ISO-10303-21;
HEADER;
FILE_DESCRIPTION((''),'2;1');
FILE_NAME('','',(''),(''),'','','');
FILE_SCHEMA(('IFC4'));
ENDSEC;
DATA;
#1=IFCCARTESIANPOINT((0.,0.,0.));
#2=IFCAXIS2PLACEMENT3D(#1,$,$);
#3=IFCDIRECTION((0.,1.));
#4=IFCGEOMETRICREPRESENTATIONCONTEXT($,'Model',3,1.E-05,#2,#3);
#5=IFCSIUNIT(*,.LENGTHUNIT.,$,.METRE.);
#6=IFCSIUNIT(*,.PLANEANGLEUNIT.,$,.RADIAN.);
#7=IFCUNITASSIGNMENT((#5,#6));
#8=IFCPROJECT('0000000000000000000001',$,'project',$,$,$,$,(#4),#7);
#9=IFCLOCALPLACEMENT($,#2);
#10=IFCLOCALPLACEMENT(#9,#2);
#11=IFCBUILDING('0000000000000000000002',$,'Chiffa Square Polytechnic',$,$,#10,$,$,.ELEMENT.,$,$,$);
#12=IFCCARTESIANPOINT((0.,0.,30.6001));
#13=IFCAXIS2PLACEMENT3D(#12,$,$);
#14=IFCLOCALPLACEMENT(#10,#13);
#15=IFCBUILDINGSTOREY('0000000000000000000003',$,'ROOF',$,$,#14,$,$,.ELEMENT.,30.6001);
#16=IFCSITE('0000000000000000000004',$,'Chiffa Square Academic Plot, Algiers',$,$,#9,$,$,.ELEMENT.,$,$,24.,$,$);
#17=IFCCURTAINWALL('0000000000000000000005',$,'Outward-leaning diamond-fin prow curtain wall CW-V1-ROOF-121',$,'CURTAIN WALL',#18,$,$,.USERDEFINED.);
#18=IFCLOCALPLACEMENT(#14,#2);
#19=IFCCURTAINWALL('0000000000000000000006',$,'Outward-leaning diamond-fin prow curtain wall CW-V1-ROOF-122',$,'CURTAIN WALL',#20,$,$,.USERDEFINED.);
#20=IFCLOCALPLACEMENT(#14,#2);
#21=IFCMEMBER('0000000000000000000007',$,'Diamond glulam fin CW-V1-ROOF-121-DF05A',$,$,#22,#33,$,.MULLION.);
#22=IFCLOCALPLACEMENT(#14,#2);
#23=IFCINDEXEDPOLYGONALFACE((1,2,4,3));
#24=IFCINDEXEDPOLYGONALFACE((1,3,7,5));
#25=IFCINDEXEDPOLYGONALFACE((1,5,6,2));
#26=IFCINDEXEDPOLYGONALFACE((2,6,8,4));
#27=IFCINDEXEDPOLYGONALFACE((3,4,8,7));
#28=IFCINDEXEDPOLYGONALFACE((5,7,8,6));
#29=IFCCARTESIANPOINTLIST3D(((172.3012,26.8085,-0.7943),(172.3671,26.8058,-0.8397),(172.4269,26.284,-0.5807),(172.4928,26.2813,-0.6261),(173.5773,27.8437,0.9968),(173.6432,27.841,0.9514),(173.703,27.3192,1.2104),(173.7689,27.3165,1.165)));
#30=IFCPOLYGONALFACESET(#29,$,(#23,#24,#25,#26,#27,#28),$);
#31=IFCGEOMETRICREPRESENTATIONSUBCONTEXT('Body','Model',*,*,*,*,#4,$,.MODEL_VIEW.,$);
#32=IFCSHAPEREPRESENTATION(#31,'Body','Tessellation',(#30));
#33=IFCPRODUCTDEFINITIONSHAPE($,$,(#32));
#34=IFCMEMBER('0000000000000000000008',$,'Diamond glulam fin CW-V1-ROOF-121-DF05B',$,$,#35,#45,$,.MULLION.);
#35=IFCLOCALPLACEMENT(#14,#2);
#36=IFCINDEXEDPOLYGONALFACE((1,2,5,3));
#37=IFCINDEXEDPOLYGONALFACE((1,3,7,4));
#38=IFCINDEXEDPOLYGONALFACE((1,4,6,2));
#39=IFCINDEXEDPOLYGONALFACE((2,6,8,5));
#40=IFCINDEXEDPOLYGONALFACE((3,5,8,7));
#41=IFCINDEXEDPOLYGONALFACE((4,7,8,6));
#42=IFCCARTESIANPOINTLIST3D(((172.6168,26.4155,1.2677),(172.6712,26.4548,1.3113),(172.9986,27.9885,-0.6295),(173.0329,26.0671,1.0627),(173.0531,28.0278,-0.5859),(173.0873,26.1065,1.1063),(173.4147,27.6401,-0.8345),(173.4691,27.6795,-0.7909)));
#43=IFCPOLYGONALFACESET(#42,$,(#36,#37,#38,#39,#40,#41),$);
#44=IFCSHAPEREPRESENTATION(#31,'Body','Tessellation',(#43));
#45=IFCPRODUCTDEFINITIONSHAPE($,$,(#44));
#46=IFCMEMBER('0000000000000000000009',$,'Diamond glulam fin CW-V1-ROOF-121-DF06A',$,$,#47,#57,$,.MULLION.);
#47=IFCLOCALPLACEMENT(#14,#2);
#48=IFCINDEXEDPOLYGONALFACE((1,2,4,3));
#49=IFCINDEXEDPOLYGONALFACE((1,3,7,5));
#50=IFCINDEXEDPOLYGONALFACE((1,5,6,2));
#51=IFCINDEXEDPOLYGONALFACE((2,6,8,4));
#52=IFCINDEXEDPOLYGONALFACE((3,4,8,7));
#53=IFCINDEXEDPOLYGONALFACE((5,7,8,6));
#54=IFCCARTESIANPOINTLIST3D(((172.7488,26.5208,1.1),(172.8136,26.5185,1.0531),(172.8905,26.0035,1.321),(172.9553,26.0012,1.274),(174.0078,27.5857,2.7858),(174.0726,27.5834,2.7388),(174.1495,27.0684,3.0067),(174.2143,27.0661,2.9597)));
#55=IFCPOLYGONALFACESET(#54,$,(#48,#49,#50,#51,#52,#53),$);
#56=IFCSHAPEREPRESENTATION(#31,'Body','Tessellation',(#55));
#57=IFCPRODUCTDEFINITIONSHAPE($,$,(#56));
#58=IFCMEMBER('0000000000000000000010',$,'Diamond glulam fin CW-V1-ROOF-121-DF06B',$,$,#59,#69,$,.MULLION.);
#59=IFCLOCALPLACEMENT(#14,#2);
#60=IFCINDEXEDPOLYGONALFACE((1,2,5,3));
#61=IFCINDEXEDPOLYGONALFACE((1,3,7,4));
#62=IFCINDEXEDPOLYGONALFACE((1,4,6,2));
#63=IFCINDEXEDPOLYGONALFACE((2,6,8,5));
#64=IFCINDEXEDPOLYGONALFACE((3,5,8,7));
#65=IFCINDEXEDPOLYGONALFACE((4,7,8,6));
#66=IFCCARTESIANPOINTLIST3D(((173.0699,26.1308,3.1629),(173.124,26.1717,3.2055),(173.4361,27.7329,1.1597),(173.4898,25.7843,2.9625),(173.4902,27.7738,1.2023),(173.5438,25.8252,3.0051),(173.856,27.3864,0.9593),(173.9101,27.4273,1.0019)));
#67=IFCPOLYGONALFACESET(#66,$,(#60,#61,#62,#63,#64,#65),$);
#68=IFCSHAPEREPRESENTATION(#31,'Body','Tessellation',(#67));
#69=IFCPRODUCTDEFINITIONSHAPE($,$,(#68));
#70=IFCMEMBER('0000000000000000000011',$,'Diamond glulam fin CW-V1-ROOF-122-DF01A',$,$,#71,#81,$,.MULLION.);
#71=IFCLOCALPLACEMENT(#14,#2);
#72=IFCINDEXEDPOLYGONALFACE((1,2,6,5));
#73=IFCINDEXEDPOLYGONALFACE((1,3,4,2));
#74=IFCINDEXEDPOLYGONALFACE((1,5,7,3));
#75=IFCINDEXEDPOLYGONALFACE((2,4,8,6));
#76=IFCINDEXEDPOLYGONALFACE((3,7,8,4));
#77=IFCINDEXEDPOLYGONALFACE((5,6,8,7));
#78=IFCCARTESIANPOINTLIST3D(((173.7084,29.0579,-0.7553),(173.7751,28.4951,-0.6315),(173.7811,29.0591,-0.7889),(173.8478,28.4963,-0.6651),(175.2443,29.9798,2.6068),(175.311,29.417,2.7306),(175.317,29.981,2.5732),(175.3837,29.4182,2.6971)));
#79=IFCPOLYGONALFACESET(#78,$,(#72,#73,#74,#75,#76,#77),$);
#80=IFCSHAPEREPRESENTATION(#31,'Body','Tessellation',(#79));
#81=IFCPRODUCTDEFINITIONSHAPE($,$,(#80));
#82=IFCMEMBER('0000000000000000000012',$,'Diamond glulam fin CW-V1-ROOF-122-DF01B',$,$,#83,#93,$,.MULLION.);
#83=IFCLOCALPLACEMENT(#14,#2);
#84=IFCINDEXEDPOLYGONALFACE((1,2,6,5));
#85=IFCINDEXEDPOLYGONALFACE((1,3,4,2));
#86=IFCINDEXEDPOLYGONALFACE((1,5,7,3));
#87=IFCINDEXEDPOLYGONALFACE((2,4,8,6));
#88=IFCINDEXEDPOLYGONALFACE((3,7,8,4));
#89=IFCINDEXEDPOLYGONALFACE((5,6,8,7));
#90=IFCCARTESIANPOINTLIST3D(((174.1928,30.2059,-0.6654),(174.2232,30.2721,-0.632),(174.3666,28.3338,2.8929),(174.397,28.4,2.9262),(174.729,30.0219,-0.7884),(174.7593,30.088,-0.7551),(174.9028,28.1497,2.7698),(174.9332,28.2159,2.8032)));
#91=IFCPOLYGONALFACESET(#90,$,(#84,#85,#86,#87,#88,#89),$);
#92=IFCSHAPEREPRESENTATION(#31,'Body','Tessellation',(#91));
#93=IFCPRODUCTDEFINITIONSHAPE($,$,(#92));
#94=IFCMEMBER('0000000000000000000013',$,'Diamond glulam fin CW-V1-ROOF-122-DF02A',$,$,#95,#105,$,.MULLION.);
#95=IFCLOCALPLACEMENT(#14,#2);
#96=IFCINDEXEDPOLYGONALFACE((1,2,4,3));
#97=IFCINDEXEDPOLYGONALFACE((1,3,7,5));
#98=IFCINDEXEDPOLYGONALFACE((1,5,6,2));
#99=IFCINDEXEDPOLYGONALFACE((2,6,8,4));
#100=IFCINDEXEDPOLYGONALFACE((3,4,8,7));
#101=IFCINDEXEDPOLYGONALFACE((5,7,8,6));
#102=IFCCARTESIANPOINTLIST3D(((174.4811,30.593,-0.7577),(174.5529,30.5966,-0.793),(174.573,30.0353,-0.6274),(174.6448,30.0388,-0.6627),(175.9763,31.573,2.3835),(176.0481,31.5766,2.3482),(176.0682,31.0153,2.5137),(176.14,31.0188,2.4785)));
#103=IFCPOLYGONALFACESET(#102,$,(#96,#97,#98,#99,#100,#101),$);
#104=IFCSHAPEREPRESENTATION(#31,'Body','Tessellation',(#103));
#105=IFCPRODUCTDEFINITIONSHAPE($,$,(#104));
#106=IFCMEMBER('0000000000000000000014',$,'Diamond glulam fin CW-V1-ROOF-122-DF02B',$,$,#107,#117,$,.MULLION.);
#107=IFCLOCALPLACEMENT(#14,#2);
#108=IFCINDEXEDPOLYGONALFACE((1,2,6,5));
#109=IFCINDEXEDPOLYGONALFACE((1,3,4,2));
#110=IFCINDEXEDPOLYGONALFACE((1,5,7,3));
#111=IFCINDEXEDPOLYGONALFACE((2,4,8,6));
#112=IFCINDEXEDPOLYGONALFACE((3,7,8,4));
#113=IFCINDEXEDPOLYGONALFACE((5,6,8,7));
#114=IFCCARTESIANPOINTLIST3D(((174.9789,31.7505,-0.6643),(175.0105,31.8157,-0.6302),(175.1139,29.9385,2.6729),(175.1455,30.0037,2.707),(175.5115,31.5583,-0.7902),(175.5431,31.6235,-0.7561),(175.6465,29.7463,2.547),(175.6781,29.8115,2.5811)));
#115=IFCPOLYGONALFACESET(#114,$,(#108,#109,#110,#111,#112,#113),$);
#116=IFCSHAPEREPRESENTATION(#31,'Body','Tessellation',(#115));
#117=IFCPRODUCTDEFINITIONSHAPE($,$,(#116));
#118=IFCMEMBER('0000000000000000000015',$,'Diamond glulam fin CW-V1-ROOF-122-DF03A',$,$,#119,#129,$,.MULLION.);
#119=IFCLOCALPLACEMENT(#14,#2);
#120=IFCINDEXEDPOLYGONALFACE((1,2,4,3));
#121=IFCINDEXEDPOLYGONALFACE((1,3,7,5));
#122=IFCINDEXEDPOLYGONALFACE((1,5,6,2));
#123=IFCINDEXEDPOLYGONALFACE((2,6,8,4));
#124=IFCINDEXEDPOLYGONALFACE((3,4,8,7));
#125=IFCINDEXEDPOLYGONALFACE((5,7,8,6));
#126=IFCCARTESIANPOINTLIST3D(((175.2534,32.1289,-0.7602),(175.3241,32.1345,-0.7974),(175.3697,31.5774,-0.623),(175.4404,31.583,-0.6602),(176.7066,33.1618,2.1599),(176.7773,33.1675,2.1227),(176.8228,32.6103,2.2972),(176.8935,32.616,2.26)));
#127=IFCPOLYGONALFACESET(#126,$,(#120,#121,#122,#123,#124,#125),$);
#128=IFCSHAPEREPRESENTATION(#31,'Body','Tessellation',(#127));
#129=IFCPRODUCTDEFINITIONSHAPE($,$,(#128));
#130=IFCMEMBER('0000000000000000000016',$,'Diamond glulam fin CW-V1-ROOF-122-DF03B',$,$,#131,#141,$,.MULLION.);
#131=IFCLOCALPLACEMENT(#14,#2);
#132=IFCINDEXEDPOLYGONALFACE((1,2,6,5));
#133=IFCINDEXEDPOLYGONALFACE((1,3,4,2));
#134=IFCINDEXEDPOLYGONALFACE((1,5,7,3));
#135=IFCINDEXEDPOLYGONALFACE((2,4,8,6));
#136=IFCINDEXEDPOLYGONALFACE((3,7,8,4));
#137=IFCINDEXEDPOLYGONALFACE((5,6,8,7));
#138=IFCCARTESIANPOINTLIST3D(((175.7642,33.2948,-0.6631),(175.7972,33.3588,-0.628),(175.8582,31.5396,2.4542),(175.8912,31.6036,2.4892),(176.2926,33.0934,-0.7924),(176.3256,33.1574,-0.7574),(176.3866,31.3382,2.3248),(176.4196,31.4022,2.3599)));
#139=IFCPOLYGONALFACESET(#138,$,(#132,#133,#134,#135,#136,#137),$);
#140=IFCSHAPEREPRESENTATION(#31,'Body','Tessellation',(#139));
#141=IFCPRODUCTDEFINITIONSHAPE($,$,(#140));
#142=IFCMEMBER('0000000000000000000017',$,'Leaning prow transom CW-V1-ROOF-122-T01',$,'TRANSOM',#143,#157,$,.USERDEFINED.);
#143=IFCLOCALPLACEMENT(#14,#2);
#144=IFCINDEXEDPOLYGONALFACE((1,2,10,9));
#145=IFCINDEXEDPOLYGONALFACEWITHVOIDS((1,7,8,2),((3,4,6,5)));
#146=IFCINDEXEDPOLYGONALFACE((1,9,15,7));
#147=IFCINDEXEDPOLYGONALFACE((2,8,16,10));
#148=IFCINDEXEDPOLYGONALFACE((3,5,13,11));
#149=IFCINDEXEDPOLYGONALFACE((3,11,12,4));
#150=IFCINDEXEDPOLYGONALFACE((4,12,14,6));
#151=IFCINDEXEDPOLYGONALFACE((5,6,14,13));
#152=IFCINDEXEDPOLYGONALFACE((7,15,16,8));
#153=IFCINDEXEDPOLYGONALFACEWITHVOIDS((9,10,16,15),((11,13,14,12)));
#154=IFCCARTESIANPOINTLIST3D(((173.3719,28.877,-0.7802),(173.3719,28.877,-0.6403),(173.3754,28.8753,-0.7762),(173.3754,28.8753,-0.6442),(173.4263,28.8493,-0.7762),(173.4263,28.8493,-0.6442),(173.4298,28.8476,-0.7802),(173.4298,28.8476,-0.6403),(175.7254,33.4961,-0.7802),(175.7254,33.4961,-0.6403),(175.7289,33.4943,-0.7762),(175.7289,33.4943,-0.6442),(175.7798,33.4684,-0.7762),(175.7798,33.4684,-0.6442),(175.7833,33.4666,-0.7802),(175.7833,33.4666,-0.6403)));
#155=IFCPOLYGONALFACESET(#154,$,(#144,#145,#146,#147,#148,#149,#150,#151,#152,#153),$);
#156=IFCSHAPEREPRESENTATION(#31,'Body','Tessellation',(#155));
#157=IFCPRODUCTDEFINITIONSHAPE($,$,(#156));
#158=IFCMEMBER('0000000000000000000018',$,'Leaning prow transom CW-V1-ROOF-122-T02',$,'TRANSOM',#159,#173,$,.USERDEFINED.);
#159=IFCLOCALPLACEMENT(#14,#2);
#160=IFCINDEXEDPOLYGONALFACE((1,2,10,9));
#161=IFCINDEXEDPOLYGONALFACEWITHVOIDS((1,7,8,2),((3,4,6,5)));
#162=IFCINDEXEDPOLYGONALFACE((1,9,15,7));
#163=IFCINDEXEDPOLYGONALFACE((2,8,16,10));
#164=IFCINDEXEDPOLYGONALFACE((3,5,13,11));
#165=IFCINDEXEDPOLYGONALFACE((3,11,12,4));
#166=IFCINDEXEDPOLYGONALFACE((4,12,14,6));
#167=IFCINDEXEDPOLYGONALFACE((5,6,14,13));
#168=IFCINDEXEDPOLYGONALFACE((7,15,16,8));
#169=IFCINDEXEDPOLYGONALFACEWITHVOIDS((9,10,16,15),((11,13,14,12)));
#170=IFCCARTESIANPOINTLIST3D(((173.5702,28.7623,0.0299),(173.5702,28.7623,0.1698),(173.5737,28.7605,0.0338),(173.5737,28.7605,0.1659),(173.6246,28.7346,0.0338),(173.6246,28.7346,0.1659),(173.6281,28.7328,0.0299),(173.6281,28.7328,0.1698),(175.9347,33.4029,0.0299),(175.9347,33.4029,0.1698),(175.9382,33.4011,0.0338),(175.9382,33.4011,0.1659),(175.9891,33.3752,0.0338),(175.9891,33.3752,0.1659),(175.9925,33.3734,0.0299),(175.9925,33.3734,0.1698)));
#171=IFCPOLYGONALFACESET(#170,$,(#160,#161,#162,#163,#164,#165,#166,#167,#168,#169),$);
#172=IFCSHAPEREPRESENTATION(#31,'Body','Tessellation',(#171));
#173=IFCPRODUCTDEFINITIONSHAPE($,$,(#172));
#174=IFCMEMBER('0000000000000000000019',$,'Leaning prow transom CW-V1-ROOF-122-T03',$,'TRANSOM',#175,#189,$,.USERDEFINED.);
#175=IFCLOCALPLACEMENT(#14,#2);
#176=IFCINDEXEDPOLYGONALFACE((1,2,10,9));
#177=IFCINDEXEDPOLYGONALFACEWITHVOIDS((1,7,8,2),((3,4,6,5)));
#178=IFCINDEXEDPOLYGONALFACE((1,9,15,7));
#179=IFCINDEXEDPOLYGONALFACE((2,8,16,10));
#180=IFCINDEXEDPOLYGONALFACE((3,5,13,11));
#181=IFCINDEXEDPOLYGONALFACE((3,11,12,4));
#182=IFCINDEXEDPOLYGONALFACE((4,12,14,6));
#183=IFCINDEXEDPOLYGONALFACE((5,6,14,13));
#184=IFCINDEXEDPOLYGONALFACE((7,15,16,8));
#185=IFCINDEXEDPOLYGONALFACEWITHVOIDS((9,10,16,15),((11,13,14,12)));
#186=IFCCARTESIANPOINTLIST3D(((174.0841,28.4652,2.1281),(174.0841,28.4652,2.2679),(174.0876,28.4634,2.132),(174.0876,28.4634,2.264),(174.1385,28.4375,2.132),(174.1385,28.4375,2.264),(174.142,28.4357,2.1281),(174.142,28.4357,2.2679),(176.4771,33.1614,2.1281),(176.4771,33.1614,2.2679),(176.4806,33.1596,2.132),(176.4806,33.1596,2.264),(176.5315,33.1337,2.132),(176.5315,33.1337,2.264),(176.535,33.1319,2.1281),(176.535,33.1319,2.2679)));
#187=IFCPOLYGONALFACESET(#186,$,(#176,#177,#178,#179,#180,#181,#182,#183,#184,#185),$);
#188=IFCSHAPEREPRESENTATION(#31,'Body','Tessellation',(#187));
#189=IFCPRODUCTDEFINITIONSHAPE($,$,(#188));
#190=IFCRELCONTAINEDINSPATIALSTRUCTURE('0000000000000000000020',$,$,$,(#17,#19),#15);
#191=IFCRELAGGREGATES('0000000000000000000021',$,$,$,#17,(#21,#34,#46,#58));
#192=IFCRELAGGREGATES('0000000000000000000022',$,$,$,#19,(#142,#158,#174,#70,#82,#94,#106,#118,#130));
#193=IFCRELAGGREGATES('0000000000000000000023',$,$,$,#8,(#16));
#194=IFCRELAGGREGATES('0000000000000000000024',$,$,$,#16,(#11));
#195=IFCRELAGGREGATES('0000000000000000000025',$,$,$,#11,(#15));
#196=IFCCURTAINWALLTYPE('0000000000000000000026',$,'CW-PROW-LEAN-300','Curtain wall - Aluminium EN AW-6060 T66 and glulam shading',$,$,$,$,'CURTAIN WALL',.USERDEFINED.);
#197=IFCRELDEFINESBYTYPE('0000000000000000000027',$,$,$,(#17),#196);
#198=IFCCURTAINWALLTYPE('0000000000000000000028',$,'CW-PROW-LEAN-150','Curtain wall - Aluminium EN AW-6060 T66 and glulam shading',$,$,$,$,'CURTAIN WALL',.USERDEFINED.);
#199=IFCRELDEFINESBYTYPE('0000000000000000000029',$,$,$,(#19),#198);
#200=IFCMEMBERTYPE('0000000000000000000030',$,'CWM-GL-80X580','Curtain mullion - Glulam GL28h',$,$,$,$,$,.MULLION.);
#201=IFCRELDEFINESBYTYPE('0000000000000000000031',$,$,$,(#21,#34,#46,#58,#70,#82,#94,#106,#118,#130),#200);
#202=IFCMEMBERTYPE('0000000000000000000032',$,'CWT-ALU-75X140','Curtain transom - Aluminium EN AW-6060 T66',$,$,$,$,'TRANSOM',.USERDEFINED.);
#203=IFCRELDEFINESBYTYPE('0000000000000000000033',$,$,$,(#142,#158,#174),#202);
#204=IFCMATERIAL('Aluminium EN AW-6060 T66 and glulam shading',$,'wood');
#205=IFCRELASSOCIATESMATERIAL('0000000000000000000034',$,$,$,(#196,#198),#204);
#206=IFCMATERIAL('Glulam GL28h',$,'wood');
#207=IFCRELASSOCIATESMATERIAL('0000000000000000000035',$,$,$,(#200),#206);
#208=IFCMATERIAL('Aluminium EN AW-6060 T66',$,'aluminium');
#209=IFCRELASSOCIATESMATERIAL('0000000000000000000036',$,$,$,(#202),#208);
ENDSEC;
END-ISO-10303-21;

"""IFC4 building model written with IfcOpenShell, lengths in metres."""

from ifc_helpers import new_model, si_unit, direction, frame, origin, origin_2d, place, context, subcontext, project, spatial, rectangle, hollow_rectangle, extrude, material, material_profile, profile_set, type_object, element, aggregate, save


model = new_model("IFC4")

# Units and contexts
model_context = context("Model", 3, precision=1e-05, world=origin(), true_north=direction((0.0, 1.0)))
body_context = subcontext(model_context, "Body", "Model", "MODEL_VIEW")
ifc_project = project(units=[si_unit("LENGTHUNIT", "METRE"), si_unit("PLANEANGLEUNIT", "RADIAN")], contexts=[model_context])

# Site, building, storey
site_placement = place(None, origin())
site = spatial("IfcSite", under=ifc_project, at=site_placement, Name="Chiffa Square Academic Plot, Algiers", CompositionType="ELEMENT", RefElevation=24.0)
building_placement = place(site_placement, origin())
building = spatial("IfcBuilding", under=site, at=building_placement, Name="Chiffa Square Polytechnic", CompositionType="ELEMENT")
storey_placement = place(building_placement, frame((0.0, 0.0, 30.6001)))
storey = spatial("IfcBuildingStorey", under=building, at=storey_placement, Name="ROOF", CompositionType="ELEMENT", Elevation=30.6001)

# Curtain wall
ifc_material_1 = material(Name="Aluminium EN AW-6060 T66 and glulam shading", Category="wood")
curtain_wall_type_1 = type_object("IfcCurtainWallType", Name="CW-PROW-LEAN-300", Description="Curtain wall - Aluminium EN AW-6060 T66 and glulam shading", ElementType="CURTAIN WALL", PredefinedType="USERDEFINED", material=ifc_material_1)
curtain_wall_1_placement = place(storey_placement, origin())
curtain_wall_1 = element("IfcCurtainWall", 1, at=curtain_wall_1_placement, inside=storey, type_object=curtain_wall_type_1, Name="Outward-leaning diamond-fin prow curtain wall CW-V1-ROOF-121", ObjectType="CURTAIN WALL", PredefinedType="USERDEFINED")
ifc_material_2 = material(Name="Aluminium EN AW-6060 T66", Category="aluminium")

# Curtain wall
curtain_wall_type_2 = type_object("IfcCurtainWallType", Name="CW-PROW-LEAN-150", Description="Curtain wall - Aluminium EN AW-6060 T66 and glulam shading", ElementType="CURTAIN WALL", PredefinedType="USERDEFINED", material=ifc_material_1)
curtain_wall_2_placement = place(storey_placement, origin())
curtain_wall_2 = element("IfcCurtainWall", 2, at=curtain_wall_2_placement, inside=storey, type_object=curtain_wall_type_2, Name="Outward-leaning diamond-fin prow curtain wall CW-V1-ROOF-122", ObjectType="CURTAIN WALL", PredefinedType="USERDEFINED")

# Members
ifc_material_3 = material(Name="Glulam GL28h", Category="wood")
ifc_material_profile_1 = material_profile(ifc_material_3, rectangle(XDim=0.0801, YDim=0.5801, at=origin_2d()), Name="GL28h 80x580")
ifc_profile_set_1 = profile_set([ifc_material_profile_1], Name="Glulam GL28h")
member_type_1 = type_object("IfcMemberType", Name="CWM-GL-80X580", Description="Curtain mullion - Glulam GL28h", PredefinedType="MULLION", material=ifc_profile_set_1)
member_1_placement = place(storey_placement, frame((172.397, 26.5449, -0.7102), z_axis=(0.525026, 0.425887, 0.736864), x_axis=(-0.823046, 0.033663, 0.566976)))
member_1 = element("IfcMember", 3, at=member_1_placement, type_object=member_type_1, Name="Diamond glulam fin CW-V1-ROOF-121-DF05A", PredefinedType="MULLION", context=body_context, shape_type="SweptSolid", body=[
    extrude(rectangle(XDim=0.0801, YDim=0.5801, at=origin_2d()), origin(), (0.0, 0.0, 1.0), 2.4307),
])
member_2_placement = place(storey_placement, frame((173.2339, 27.834, -0.7102), z_axis=(-0.153108, -0.630737, 0.760742), x_axis=(0.679772, 0.49153, 0.544343)))
member_2 = element("IfcMember", 4, at=member_2_placement, type_object=member_type_1, Name="Diamond glulam fin CW-V1-ROOF-121-DF05B", PredefinedType="MULLION", context=body_context, shape_type="SweptSolid", body=[
    extrude(rectangle(XDim=0.0801, YDim=0.5801, at=origin_2d()), origin(), (0.0, 0.0, 1.0), 2.4939),
])
member_3_placement = place(storey_placement, frame((172.8521, 26.261, 1.187), z_axis=(0.533894, 0.451589, 0.71486), x_axis=(-0.809475, 0.028655, 0.586455)))
member_3 = element("IfcMember", 5, at=member_3_placement, type_object=member_type_1, Name="Diamond glulam fin CW-V1-ROOF-121-DF06A", PredefinedType="MULLION", context=body_context, shape_type="SweptSolid", body=[
    extrude(rectangle(XDim=0.0801, YDim=0.5801, at=origin_2d()), origin(), (0.0, 0.0, 1.0), 2.3582),
])
member_4_placement = place(storey_placement, frame((173.6731, 27.5801, 1.0808), z_axis=(-0.141339, -0.618309, 0.773122), x_axis=(0.675433, 0.510723, 0.531933)))
member_4 = element("IfcMember", 6, at=member_4_placement, type_object=member_type_1, Name="Diamond glulam fin CW-V1-ROOF-121-DF06B", PredefinedType="MULLION", context=body_context, shape_type="SweptSolid", body=[
    extrude(rectangle(XDim=0.0801, YDim=0.5801, at=origin_2d()), origin(), (0.0, 0.0, 1.0), 2.5911),
])
member_5_placement = place(storey_placement, frame((173.7781, 28.7771, -0.7102), z_axis=(0.403174, 0.241994, 0.882547), x_axis=(-0.907868, -0.015431, 0.418972)))
member_5 = element("IfcMember", 7, at=member_5_placement, type_object=member_type_1, Name="Diamond glulam fin CW-V1-ROOF-122-DF01A", PredefinedType="MULLION", context=body_context, shape_type="SweptSolid", body=[
    extrude(rectangle(XDim=0.0801, YDim=0.5801, at=origin_2d()), origin(), (0.0, 0.0, 1.0), 3.8096),
])
member_6_placement = place(storey_placement, frame((174.4761, 30.147, -0.7102), z_axis=(0.043195, -0.465192, 0.884155), x_axis=(0.37921, 0.826388, 0.416272)))
member_6 = element("IfcMember", 8, at=member_6_placement, type_object=member_type_1, Name="Diamond glulam fin CW-V1-ROOF-122-DF01B", PredefinedType="MULLION", context=body_context, shape_type="SweptSolid", body=[
    extrude(rectangle(XDim=0.0801, YDim=0.5801, at=origin_2d()), origin(), (0.0, 0.0, 1.0), 4.0244),
])
member_7_placement = place(storey_placement, frame((174.563, 30.3159, -0.7102), z_axis=(0.41368, 0.271148, 0.869107), x_axis=(-0.896529, -0.044812, 0.440713)))
member_7 = element("IfcMember", 9, at=member_7_placement, type_object=member_type_1, Name="Diamond glulam fin CW-V1-ROOF-122-DF02A", PredefinedType="MULLION", context=body_context, shape_type="SweptSolid", body=[
    extrude(rectangle(XDim=0.0801, YDim=0.5801, at=origin_2d()), origin(), (0.0, 0.0, 1.0), 3.6143),
])
member_8_placement = place(storey_placement, frame((175.261, 31.687, -0.7102), z_axis=(0.035531, -0.476874, 0.878253), x_axis=(0.394592, 0.814099, 0.426076)))
member_8 = element("IfcMember", 10, at=member_8_placement, type_object=member_type_1, Name="Diamond glulam fin CW-V1-ROOF-122-DF02B", PredefinedType="MULLION", context=body_context, shape_type="SweptSolid", body=[
    extrude(rectangle(XDim=0.0801, YDim=0.5801, at=origin_2d()), origin(), (0.0, 0.0, 1.0), 3.7998),
])
member_9_placement = place(storey_placement, frame((175.3469, 31.856, -0.7102), z_axis=(0.424717, 0.301912, 0.853501), x_axis=(-0.882864, -0.070581, 0.464295)))
member_9 = element("IfcMember", 11, at=member_9_placement, type_object=member_type_1, Name="Diamond glulam fin CW-V1-ROOF-122-DF03A", PredefinedType="MULLION", context=body_context, shape_type="SweptSolid", body=[
    extrude(rectangle(XDim=0.0801, YDim=0.5801, at=origin_2d()), origin(), (0.0, 0.0, 1.0), 3.4214),
])
member_10_placement = place(storey_placement, frame((176.0449, 33.2261, -0.7102), z_axis=(0.026266, -0.490455, 0.871071), x_axis=(0.411835, 0.799297, 0.437625)))
member_10 = element("IfcMember", 12, at=member_10_placement, type_object=member_type_1, Name="Diamond glulam fin CW-V1-ROOF-122-DF03B", PredefinedType="MULLION", context=body_context, shape_type="SweptSolid", body=[
    extrude(rectangle(XDim=0.0801, YDim=0.5801, at=origin_2d()), origin(), (0.0, 0.0, 1.0), 3.5786),
])
ifc_material_profile_2 = material_profile(ifc_material_2, hollow_rectangle(XDim=0.0649, YDim=0.1399, WallThickness=0.0039, at=origin_2d()), Name="ALU 65x140x4")
ifc_profile_set_2 = profile_set([ifc_material_profile_2], Name="Aluminium EN AW-6060 T66")
member_type_2 = type_object("IfcMemberType", Name="CWT-ALU-75X140", Description="Curtain transom - Aluminium EN AW-6060 T66", ElementType="TRANSOM", PredefinedType="USERDEFINED", material=ifc_profile_set_2)
member_11_placement = place(storey_placement, frame((173.4009, 28.8623, -0.7102), z_axis=(0.453982, 0.891011, 0.0), x_axis=(-0.891011, 0.453982, 0.0)))
member_11 = element("IfcMember", 13, at=member_11_placement, type_object=member_type_2, Name="Leaning prow transom CW-V1-ROOF-122-T01", ObjectType="TRANSOM", PredefinedType="USERDEFINED", context=body_context, shape_type="SweptSolid", body=[
    extrude(hollow_rectangle(XDim=0.0649, YDim=0.1399, WallThickness=0.0039, at=origin_2d()), origin(), (0.0, 0.0, 1.0), 5.1841),
])
member_12_placement = place(storey_placement, frame((173.5991, 28.7476, 0.0999), z_axis=(0.453988, 0.891008, 0.0), x_axis=(-0.891008, 0.453988, 0.0)))
member_12 = element("IfcMember", 14, at=member_12_placement, type_object=member_type_2, Name="Leaning prow transom CW-V1-ROOF-122-T02", ObjectType="TRANSOM", PredefinedType="USERDEFINED", context=body_context, shape_type="SweptSolid", body=[
    extrude(hollow_rectangle(XDim=0.0649, YDim=0.1399, WallThickness=0.0039, at=origin_2d()), origin(), (0.0, 0.0, 1.0), 5.2083),
])
member_13_placement = place(storey_placement, frame((174.113, 28.4504, 2.198), z_axis=(0.454019, 0.890992, 0.0), x_axis=(-0.890992, 0.454019, 0.0)))
member_13 = element("IfcMember", 15, at=member_13_placement, type_object=member_type_2, Name="Leaning prow transom CW-V1-ROOF-122-T03", ObjectType="TRANSOM", PredefinedType="USERDEFINED", context=body_context, shape_type="SweptSolid", body=[
    extrude(hollow_rectangle(XDim=0.0649, YDim=0.1399, WallThickness=0.0039, at=origin_2d()), origin(), (0.0, 0.0, 1.0), 5.2708),
])

aggregate(curtain_wall_1, [member_1, member_2, member_3, member_4])
aggregate(curtain_wall_2, [member_11, member_12, member_13, member_5, member_6, member_7, member_8, member_9, member_10])

save(model, "model.ifc")
